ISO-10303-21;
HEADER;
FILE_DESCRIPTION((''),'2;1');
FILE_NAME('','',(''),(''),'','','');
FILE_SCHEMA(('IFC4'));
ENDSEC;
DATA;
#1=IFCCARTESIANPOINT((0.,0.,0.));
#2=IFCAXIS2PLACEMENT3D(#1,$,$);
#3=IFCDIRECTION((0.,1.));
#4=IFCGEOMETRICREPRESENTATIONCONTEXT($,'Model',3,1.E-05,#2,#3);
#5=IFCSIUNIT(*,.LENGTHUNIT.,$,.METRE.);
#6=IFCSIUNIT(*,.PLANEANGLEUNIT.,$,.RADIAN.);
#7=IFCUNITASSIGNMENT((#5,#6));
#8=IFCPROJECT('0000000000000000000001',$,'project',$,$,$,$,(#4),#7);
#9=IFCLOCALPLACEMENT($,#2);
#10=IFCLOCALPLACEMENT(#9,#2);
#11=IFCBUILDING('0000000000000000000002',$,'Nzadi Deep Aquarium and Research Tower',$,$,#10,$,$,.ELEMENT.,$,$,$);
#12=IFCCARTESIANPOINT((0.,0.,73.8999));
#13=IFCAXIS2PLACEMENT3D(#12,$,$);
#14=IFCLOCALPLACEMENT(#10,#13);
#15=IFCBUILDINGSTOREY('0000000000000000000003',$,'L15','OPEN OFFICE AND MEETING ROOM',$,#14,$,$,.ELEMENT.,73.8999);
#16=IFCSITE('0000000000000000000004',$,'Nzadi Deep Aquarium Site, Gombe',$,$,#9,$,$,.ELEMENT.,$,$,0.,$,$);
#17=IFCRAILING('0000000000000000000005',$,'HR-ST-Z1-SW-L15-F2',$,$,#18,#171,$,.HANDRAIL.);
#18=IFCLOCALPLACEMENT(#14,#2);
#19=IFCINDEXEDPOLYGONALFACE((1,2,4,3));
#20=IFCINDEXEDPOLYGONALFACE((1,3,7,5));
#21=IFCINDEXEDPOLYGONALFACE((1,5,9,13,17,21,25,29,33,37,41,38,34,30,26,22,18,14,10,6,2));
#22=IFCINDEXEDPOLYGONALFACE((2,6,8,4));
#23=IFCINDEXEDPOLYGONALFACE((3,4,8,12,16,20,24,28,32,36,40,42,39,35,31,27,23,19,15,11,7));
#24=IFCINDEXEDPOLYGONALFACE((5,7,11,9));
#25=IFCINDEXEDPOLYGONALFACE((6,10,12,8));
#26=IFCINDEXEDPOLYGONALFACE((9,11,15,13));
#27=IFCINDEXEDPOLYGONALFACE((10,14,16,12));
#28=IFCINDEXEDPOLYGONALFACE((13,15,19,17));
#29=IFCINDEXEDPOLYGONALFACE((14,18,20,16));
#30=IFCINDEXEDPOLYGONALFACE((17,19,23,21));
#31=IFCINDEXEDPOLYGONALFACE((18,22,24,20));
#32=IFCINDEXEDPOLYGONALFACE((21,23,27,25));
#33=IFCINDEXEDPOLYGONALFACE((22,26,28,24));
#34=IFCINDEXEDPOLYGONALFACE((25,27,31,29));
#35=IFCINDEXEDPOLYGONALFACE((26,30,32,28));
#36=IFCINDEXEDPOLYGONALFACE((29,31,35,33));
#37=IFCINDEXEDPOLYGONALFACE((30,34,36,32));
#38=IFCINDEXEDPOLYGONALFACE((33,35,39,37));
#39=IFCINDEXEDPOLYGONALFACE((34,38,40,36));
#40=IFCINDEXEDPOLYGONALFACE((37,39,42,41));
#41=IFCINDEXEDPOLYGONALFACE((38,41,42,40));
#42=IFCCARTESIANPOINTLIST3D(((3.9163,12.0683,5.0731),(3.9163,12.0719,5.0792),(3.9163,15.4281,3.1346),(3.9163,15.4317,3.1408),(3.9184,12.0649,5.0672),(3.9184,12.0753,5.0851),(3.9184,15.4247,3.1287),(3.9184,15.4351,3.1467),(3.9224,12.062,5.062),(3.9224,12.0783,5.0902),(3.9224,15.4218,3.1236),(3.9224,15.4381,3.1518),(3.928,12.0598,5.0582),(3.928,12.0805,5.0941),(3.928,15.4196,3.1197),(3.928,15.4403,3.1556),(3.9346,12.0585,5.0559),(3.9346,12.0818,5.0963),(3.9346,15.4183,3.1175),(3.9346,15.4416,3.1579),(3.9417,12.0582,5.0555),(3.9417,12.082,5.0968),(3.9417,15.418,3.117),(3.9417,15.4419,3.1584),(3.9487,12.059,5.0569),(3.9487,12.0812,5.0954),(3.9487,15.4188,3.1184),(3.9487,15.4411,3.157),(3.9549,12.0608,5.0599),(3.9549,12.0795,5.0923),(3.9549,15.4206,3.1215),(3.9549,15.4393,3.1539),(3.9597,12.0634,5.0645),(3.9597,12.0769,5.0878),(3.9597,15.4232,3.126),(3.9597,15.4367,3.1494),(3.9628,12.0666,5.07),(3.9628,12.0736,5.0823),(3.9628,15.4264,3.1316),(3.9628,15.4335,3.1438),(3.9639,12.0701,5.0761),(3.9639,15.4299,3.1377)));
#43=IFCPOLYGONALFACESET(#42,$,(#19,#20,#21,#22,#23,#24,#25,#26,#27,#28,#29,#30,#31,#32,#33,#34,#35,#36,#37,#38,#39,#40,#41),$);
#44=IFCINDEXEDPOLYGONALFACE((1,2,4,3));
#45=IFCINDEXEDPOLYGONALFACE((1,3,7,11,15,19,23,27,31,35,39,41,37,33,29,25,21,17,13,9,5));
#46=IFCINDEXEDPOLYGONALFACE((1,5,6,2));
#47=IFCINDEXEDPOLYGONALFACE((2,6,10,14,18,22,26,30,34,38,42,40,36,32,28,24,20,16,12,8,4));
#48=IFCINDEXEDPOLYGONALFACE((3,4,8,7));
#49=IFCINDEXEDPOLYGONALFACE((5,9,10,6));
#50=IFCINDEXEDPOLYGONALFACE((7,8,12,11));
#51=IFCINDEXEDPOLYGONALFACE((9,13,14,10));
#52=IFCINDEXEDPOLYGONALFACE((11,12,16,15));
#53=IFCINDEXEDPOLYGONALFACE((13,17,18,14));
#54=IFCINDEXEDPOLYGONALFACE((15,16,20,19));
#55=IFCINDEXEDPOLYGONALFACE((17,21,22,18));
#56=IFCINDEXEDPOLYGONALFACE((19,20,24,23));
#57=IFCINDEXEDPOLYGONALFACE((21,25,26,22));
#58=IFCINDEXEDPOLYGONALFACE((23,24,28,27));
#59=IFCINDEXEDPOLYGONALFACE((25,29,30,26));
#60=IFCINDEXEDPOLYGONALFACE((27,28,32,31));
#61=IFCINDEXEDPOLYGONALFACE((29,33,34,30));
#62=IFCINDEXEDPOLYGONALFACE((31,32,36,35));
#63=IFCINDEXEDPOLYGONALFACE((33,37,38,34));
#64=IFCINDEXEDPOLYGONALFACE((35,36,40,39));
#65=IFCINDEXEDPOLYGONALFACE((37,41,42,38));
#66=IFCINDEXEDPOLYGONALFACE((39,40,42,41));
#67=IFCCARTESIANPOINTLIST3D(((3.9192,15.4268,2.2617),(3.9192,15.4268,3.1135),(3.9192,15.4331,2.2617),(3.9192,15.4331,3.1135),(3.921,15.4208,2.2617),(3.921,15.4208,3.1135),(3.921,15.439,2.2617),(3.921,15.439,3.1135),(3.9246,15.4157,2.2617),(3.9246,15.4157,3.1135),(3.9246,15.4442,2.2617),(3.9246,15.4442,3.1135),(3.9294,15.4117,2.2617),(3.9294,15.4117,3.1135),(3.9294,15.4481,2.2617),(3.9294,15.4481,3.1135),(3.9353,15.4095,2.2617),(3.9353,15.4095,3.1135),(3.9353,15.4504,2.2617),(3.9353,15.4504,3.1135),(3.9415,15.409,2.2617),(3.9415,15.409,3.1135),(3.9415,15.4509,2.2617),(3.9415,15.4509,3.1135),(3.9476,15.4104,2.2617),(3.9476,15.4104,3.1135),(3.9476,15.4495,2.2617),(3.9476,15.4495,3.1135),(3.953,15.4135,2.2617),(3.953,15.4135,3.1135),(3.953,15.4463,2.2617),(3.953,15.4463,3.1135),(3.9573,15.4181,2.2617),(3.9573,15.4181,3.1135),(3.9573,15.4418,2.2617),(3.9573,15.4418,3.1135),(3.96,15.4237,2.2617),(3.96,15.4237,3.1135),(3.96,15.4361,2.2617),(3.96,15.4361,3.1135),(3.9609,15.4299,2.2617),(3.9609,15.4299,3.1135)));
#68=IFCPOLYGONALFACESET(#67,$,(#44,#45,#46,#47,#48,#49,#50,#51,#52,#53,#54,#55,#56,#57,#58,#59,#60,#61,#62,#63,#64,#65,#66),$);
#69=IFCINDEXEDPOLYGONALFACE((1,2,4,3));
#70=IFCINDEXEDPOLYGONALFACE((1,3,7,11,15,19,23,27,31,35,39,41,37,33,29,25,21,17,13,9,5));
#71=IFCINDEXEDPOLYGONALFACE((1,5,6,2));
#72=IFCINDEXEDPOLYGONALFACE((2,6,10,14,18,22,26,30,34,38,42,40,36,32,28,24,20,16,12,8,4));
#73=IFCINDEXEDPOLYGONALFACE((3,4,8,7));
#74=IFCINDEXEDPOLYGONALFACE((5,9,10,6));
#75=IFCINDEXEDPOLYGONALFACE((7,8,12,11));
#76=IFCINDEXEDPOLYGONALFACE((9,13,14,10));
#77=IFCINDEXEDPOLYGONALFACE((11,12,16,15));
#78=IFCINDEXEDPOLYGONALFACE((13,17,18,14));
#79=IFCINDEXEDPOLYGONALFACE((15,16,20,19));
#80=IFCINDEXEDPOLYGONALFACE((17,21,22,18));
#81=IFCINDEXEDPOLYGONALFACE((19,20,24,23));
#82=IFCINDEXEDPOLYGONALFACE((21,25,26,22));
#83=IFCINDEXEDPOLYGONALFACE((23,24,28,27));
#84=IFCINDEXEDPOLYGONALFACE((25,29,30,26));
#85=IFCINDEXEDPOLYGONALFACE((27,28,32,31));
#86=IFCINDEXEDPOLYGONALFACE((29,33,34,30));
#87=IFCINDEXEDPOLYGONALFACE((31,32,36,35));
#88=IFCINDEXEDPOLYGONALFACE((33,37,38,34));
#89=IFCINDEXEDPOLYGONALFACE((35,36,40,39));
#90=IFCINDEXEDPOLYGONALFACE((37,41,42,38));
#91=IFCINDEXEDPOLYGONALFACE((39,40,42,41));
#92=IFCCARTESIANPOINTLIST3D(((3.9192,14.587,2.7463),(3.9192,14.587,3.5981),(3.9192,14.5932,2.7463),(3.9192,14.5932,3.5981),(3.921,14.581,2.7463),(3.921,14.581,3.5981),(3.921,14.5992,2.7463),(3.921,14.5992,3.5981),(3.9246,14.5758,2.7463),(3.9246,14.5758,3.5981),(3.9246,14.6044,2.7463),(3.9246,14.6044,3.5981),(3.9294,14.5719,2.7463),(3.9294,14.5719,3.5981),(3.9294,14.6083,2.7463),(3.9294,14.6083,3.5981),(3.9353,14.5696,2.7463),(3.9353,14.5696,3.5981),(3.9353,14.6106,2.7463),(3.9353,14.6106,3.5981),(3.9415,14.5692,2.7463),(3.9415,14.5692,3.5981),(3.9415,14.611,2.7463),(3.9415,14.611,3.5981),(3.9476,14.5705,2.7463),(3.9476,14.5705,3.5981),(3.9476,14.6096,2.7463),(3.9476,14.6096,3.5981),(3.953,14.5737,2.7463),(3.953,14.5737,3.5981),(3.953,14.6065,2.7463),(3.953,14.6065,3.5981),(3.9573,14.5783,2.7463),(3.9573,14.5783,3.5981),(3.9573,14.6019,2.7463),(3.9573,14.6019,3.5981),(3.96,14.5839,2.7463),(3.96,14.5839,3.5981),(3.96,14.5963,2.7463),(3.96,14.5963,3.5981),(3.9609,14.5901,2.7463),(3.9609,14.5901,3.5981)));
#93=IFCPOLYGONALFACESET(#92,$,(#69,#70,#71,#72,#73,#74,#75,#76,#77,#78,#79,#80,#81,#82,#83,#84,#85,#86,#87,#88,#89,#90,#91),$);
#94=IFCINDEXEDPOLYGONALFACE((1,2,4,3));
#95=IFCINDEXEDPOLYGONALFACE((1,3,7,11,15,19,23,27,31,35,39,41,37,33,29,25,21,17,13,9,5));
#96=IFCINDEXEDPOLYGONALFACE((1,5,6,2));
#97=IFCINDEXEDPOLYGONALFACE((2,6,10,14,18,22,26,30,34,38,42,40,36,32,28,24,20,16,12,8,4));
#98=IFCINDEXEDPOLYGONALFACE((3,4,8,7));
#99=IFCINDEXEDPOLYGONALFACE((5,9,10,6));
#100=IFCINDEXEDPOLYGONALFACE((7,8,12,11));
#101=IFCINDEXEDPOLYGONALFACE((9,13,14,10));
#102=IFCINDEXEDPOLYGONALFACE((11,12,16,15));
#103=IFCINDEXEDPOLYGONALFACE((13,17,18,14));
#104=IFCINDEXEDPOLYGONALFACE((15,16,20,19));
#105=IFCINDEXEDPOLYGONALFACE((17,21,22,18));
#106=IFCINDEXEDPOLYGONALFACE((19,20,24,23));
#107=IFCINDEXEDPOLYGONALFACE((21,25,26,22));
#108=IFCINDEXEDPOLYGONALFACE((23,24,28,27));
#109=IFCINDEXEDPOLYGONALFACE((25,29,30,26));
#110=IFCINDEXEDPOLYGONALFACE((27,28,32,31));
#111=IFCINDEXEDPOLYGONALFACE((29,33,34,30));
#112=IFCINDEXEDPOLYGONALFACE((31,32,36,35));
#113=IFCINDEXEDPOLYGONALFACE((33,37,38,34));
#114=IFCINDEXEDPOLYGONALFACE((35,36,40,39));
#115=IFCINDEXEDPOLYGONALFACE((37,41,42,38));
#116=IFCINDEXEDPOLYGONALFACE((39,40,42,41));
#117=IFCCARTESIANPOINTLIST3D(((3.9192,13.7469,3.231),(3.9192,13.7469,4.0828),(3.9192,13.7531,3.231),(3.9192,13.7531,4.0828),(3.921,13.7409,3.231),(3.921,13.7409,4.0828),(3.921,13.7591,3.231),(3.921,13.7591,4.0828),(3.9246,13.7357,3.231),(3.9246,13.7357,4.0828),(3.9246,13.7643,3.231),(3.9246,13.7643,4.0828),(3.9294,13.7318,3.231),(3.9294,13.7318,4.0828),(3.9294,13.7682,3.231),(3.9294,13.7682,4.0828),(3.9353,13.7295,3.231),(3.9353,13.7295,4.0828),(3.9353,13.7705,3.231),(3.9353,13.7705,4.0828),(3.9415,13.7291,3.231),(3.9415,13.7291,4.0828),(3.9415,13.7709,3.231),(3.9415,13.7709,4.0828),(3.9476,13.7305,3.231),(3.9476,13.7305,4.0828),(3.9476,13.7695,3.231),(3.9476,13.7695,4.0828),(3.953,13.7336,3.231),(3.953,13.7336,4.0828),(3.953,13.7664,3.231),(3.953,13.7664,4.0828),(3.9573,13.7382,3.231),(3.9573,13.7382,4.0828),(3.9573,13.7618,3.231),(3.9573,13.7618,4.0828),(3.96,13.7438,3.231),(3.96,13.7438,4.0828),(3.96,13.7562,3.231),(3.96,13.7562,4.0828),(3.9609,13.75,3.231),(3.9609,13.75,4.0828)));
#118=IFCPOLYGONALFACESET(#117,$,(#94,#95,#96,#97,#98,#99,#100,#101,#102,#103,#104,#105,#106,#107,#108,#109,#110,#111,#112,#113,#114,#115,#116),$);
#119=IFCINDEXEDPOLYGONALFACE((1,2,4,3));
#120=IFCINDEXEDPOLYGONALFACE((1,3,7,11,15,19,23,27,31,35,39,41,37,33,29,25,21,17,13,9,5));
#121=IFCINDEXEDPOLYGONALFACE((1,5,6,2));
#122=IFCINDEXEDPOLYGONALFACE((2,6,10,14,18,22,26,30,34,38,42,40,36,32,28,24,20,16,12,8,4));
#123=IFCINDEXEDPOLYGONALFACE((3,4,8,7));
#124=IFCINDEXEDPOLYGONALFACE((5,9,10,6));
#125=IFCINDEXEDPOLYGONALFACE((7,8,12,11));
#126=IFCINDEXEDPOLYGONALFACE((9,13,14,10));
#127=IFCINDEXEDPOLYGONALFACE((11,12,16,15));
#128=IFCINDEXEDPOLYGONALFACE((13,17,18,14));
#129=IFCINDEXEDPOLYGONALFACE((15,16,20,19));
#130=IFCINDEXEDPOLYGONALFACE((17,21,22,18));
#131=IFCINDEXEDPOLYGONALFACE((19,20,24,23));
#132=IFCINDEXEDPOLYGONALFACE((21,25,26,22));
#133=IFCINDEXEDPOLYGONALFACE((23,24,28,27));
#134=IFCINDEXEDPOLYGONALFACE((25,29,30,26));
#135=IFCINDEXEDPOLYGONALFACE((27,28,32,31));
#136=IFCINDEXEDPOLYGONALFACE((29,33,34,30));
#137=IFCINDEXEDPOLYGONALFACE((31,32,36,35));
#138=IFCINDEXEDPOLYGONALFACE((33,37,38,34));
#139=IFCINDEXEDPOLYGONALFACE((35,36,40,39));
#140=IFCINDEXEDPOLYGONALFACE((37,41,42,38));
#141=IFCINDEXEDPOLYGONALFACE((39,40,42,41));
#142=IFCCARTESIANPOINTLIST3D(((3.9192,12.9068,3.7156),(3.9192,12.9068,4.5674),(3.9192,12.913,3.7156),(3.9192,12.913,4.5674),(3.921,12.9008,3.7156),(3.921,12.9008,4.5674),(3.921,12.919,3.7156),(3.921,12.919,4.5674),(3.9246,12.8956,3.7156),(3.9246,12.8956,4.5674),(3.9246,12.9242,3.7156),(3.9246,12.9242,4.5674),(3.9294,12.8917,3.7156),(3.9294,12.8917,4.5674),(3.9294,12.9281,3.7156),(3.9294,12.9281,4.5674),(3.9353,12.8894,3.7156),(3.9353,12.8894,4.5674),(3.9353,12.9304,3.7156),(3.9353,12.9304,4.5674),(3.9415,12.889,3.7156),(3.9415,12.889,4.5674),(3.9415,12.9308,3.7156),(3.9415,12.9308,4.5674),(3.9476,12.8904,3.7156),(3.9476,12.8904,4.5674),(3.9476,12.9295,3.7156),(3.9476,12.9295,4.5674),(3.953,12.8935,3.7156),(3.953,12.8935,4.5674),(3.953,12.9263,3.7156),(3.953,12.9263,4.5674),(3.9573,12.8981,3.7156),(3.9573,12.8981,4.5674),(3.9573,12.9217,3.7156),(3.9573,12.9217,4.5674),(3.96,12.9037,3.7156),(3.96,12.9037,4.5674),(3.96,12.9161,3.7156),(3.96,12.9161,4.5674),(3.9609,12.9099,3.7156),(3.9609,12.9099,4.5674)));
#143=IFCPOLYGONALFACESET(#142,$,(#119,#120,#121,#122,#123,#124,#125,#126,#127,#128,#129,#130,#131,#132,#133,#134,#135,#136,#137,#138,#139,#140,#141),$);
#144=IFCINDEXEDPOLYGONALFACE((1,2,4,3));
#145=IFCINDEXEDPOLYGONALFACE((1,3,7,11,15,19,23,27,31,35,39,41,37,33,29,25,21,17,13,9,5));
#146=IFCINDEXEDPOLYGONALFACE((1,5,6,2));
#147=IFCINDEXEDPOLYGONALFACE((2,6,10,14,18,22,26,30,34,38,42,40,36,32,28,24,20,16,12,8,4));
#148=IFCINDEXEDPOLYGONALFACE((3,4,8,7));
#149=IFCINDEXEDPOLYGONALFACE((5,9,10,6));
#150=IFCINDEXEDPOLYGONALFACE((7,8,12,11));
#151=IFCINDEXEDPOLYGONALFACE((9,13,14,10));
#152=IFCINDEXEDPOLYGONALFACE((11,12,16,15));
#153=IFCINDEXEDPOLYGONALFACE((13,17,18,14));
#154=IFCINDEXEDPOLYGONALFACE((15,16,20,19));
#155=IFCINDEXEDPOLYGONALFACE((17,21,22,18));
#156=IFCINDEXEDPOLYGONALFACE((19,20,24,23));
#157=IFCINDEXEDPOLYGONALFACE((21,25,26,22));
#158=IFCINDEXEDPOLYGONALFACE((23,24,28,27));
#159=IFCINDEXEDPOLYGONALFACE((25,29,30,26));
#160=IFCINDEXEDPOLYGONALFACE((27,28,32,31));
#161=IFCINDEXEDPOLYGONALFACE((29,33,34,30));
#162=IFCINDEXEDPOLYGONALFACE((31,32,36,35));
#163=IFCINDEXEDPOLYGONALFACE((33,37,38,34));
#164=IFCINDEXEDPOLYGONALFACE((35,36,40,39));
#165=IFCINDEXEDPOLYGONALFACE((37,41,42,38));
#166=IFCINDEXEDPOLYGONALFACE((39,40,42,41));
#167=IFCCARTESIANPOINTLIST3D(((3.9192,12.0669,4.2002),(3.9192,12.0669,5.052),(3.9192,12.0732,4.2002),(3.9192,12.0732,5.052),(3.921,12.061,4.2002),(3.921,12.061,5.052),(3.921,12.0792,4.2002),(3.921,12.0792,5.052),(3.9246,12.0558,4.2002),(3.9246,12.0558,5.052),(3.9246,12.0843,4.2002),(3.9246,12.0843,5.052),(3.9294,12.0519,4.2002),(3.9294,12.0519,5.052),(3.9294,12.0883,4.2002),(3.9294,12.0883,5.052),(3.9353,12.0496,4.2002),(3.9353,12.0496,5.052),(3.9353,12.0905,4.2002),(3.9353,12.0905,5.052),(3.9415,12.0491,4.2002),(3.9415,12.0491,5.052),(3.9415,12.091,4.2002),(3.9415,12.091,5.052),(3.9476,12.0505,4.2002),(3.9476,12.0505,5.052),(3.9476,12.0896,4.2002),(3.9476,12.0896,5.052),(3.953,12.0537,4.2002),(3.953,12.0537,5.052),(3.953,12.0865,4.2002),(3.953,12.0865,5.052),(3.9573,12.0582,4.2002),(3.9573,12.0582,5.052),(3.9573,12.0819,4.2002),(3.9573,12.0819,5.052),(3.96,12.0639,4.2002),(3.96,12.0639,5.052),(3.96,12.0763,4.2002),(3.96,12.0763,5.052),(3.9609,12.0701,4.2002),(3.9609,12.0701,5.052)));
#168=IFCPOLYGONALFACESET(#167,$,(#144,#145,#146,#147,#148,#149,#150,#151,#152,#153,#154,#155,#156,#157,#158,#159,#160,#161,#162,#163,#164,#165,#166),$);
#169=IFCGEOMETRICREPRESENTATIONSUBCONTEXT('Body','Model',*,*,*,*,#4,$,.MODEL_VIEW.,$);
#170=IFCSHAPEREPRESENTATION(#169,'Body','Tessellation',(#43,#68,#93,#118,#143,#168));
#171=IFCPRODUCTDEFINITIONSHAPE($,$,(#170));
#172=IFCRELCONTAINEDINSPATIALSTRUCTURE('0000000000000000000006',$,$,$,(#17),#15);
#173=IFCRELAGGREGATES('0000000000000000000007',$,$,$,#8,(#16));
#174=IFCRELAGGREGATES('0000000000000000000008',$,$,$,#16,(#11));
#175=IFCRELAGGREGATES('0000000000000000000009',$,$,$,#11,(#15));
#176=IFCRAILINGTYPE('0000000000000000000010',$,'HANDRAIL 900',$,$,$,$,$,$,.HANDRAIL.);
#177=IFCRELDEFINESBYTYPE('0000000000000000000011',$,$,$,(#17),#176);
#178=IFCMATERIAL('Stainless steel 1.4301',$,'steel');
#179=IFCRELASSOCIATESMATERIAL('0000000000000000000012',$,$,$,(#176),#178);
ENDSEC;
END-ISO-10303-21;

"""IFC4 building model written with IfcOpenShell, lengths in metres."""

from ifc_helpers import new_model, si_unit, direction, frame, origin, origin_2d, place, context, subcontext, project, spatial, circle, extrude, material, type_object, element, save


model = new_model("IFC4")

# Units and contexts
model_context = context("Model", 3, precision=1e-05, world=origin(), true_north=direction((0.0, 1.0)))
body_context = subcontext(model_context, "Body", "Model", "MODEL_VIEW")
ifc_project = project(units=[si_unit("LENGTHUNIT", "METRE"), si_unit("PLANEANGLEUNIT", "RADIAN")], contexts=[model_context])

# Site, building, storey
site_placement = place(None, origin())
site = spatial("IfcSite", under=ifc_project, at=site_placement, Name="Nzadi Deep Aquarium Site, Gombe", CompositionType="ELEMENT", RefElevation=0.0)
building_placement = place(site_placement, origin())
building = spatial("IfcBuilding", under=site, at=building_placement, Name="Nzadi Deep Aquarium and Research Tower", CompositionType="ELEMENT")
storey_placement = place(building_placement, frame((0.0, 0.0, 73.8999)))
storey = spatial("IfcBuildingStorey", under=building, at=storey_placement, Name="L15", Description="OPEN OFFICE AND MEETING ROOM", CompositionType="ELEMENT", Elevation=73.8999)

# Railing
ifc_material_1 = material(Name="Stainless steel 1.4301", Category="steel")
railing_type = type_object("IfcRailingType", Name="HANDRAIL 900", PredefinedType="HANDRAIL", material=ifc_material_1)
for number, where, name in (
    (1, (3.9399, 15.4299, 2.2617), "HR-ST-Z1-SW-L15-F2"),
):
    element("IfcRailing", number, at=place(storey_placement, frame(where)), inside=storey, type_object=railing_type, Name=name, PredefinedType="HANDRAIL", context=body_context, shape_type="SweptSolid", body=[
        extrude(circle(Radius=0.0239, at=origin_2d()), frame((0.0, 0.0, 0.876), z_axis=(0.0, -0.866175, 0.499741), x_axis=(1.0, 0.0, 0.0)), (0.0, 0.0, 1.0), 3.8789),
        extrude(circle(Radius=0.021, at=origin_2d()), origin(), (0.0, 0.0, 1.0), 0.8518),
        extrude(circle(Radius=0.021, at=origin_2d()), frame((0.0, -0.8398, 0.4846)), (0.0, 0.0, 1.0), 0.8518),
        extrude(circle(Radius=0.021, at=origin_2d()), frame((0.0, -1.6799, 0.9692)), (0.0, 0.0, 1.0), 0.8518),
        extrude(circle(Radius=0.021, at=origin_2d()), frame((0.0, -2.52, 1.4539)), (0.0, 0.0, 1.0), 0.8518),
        extrude(circle(Radius=0.021, at=origin_2d()), frame((0.0, -3.3599, 1.9385)), (0.0, 0.0, 1.0), 0.8518),
    ])

save(model, "model.ifc")
